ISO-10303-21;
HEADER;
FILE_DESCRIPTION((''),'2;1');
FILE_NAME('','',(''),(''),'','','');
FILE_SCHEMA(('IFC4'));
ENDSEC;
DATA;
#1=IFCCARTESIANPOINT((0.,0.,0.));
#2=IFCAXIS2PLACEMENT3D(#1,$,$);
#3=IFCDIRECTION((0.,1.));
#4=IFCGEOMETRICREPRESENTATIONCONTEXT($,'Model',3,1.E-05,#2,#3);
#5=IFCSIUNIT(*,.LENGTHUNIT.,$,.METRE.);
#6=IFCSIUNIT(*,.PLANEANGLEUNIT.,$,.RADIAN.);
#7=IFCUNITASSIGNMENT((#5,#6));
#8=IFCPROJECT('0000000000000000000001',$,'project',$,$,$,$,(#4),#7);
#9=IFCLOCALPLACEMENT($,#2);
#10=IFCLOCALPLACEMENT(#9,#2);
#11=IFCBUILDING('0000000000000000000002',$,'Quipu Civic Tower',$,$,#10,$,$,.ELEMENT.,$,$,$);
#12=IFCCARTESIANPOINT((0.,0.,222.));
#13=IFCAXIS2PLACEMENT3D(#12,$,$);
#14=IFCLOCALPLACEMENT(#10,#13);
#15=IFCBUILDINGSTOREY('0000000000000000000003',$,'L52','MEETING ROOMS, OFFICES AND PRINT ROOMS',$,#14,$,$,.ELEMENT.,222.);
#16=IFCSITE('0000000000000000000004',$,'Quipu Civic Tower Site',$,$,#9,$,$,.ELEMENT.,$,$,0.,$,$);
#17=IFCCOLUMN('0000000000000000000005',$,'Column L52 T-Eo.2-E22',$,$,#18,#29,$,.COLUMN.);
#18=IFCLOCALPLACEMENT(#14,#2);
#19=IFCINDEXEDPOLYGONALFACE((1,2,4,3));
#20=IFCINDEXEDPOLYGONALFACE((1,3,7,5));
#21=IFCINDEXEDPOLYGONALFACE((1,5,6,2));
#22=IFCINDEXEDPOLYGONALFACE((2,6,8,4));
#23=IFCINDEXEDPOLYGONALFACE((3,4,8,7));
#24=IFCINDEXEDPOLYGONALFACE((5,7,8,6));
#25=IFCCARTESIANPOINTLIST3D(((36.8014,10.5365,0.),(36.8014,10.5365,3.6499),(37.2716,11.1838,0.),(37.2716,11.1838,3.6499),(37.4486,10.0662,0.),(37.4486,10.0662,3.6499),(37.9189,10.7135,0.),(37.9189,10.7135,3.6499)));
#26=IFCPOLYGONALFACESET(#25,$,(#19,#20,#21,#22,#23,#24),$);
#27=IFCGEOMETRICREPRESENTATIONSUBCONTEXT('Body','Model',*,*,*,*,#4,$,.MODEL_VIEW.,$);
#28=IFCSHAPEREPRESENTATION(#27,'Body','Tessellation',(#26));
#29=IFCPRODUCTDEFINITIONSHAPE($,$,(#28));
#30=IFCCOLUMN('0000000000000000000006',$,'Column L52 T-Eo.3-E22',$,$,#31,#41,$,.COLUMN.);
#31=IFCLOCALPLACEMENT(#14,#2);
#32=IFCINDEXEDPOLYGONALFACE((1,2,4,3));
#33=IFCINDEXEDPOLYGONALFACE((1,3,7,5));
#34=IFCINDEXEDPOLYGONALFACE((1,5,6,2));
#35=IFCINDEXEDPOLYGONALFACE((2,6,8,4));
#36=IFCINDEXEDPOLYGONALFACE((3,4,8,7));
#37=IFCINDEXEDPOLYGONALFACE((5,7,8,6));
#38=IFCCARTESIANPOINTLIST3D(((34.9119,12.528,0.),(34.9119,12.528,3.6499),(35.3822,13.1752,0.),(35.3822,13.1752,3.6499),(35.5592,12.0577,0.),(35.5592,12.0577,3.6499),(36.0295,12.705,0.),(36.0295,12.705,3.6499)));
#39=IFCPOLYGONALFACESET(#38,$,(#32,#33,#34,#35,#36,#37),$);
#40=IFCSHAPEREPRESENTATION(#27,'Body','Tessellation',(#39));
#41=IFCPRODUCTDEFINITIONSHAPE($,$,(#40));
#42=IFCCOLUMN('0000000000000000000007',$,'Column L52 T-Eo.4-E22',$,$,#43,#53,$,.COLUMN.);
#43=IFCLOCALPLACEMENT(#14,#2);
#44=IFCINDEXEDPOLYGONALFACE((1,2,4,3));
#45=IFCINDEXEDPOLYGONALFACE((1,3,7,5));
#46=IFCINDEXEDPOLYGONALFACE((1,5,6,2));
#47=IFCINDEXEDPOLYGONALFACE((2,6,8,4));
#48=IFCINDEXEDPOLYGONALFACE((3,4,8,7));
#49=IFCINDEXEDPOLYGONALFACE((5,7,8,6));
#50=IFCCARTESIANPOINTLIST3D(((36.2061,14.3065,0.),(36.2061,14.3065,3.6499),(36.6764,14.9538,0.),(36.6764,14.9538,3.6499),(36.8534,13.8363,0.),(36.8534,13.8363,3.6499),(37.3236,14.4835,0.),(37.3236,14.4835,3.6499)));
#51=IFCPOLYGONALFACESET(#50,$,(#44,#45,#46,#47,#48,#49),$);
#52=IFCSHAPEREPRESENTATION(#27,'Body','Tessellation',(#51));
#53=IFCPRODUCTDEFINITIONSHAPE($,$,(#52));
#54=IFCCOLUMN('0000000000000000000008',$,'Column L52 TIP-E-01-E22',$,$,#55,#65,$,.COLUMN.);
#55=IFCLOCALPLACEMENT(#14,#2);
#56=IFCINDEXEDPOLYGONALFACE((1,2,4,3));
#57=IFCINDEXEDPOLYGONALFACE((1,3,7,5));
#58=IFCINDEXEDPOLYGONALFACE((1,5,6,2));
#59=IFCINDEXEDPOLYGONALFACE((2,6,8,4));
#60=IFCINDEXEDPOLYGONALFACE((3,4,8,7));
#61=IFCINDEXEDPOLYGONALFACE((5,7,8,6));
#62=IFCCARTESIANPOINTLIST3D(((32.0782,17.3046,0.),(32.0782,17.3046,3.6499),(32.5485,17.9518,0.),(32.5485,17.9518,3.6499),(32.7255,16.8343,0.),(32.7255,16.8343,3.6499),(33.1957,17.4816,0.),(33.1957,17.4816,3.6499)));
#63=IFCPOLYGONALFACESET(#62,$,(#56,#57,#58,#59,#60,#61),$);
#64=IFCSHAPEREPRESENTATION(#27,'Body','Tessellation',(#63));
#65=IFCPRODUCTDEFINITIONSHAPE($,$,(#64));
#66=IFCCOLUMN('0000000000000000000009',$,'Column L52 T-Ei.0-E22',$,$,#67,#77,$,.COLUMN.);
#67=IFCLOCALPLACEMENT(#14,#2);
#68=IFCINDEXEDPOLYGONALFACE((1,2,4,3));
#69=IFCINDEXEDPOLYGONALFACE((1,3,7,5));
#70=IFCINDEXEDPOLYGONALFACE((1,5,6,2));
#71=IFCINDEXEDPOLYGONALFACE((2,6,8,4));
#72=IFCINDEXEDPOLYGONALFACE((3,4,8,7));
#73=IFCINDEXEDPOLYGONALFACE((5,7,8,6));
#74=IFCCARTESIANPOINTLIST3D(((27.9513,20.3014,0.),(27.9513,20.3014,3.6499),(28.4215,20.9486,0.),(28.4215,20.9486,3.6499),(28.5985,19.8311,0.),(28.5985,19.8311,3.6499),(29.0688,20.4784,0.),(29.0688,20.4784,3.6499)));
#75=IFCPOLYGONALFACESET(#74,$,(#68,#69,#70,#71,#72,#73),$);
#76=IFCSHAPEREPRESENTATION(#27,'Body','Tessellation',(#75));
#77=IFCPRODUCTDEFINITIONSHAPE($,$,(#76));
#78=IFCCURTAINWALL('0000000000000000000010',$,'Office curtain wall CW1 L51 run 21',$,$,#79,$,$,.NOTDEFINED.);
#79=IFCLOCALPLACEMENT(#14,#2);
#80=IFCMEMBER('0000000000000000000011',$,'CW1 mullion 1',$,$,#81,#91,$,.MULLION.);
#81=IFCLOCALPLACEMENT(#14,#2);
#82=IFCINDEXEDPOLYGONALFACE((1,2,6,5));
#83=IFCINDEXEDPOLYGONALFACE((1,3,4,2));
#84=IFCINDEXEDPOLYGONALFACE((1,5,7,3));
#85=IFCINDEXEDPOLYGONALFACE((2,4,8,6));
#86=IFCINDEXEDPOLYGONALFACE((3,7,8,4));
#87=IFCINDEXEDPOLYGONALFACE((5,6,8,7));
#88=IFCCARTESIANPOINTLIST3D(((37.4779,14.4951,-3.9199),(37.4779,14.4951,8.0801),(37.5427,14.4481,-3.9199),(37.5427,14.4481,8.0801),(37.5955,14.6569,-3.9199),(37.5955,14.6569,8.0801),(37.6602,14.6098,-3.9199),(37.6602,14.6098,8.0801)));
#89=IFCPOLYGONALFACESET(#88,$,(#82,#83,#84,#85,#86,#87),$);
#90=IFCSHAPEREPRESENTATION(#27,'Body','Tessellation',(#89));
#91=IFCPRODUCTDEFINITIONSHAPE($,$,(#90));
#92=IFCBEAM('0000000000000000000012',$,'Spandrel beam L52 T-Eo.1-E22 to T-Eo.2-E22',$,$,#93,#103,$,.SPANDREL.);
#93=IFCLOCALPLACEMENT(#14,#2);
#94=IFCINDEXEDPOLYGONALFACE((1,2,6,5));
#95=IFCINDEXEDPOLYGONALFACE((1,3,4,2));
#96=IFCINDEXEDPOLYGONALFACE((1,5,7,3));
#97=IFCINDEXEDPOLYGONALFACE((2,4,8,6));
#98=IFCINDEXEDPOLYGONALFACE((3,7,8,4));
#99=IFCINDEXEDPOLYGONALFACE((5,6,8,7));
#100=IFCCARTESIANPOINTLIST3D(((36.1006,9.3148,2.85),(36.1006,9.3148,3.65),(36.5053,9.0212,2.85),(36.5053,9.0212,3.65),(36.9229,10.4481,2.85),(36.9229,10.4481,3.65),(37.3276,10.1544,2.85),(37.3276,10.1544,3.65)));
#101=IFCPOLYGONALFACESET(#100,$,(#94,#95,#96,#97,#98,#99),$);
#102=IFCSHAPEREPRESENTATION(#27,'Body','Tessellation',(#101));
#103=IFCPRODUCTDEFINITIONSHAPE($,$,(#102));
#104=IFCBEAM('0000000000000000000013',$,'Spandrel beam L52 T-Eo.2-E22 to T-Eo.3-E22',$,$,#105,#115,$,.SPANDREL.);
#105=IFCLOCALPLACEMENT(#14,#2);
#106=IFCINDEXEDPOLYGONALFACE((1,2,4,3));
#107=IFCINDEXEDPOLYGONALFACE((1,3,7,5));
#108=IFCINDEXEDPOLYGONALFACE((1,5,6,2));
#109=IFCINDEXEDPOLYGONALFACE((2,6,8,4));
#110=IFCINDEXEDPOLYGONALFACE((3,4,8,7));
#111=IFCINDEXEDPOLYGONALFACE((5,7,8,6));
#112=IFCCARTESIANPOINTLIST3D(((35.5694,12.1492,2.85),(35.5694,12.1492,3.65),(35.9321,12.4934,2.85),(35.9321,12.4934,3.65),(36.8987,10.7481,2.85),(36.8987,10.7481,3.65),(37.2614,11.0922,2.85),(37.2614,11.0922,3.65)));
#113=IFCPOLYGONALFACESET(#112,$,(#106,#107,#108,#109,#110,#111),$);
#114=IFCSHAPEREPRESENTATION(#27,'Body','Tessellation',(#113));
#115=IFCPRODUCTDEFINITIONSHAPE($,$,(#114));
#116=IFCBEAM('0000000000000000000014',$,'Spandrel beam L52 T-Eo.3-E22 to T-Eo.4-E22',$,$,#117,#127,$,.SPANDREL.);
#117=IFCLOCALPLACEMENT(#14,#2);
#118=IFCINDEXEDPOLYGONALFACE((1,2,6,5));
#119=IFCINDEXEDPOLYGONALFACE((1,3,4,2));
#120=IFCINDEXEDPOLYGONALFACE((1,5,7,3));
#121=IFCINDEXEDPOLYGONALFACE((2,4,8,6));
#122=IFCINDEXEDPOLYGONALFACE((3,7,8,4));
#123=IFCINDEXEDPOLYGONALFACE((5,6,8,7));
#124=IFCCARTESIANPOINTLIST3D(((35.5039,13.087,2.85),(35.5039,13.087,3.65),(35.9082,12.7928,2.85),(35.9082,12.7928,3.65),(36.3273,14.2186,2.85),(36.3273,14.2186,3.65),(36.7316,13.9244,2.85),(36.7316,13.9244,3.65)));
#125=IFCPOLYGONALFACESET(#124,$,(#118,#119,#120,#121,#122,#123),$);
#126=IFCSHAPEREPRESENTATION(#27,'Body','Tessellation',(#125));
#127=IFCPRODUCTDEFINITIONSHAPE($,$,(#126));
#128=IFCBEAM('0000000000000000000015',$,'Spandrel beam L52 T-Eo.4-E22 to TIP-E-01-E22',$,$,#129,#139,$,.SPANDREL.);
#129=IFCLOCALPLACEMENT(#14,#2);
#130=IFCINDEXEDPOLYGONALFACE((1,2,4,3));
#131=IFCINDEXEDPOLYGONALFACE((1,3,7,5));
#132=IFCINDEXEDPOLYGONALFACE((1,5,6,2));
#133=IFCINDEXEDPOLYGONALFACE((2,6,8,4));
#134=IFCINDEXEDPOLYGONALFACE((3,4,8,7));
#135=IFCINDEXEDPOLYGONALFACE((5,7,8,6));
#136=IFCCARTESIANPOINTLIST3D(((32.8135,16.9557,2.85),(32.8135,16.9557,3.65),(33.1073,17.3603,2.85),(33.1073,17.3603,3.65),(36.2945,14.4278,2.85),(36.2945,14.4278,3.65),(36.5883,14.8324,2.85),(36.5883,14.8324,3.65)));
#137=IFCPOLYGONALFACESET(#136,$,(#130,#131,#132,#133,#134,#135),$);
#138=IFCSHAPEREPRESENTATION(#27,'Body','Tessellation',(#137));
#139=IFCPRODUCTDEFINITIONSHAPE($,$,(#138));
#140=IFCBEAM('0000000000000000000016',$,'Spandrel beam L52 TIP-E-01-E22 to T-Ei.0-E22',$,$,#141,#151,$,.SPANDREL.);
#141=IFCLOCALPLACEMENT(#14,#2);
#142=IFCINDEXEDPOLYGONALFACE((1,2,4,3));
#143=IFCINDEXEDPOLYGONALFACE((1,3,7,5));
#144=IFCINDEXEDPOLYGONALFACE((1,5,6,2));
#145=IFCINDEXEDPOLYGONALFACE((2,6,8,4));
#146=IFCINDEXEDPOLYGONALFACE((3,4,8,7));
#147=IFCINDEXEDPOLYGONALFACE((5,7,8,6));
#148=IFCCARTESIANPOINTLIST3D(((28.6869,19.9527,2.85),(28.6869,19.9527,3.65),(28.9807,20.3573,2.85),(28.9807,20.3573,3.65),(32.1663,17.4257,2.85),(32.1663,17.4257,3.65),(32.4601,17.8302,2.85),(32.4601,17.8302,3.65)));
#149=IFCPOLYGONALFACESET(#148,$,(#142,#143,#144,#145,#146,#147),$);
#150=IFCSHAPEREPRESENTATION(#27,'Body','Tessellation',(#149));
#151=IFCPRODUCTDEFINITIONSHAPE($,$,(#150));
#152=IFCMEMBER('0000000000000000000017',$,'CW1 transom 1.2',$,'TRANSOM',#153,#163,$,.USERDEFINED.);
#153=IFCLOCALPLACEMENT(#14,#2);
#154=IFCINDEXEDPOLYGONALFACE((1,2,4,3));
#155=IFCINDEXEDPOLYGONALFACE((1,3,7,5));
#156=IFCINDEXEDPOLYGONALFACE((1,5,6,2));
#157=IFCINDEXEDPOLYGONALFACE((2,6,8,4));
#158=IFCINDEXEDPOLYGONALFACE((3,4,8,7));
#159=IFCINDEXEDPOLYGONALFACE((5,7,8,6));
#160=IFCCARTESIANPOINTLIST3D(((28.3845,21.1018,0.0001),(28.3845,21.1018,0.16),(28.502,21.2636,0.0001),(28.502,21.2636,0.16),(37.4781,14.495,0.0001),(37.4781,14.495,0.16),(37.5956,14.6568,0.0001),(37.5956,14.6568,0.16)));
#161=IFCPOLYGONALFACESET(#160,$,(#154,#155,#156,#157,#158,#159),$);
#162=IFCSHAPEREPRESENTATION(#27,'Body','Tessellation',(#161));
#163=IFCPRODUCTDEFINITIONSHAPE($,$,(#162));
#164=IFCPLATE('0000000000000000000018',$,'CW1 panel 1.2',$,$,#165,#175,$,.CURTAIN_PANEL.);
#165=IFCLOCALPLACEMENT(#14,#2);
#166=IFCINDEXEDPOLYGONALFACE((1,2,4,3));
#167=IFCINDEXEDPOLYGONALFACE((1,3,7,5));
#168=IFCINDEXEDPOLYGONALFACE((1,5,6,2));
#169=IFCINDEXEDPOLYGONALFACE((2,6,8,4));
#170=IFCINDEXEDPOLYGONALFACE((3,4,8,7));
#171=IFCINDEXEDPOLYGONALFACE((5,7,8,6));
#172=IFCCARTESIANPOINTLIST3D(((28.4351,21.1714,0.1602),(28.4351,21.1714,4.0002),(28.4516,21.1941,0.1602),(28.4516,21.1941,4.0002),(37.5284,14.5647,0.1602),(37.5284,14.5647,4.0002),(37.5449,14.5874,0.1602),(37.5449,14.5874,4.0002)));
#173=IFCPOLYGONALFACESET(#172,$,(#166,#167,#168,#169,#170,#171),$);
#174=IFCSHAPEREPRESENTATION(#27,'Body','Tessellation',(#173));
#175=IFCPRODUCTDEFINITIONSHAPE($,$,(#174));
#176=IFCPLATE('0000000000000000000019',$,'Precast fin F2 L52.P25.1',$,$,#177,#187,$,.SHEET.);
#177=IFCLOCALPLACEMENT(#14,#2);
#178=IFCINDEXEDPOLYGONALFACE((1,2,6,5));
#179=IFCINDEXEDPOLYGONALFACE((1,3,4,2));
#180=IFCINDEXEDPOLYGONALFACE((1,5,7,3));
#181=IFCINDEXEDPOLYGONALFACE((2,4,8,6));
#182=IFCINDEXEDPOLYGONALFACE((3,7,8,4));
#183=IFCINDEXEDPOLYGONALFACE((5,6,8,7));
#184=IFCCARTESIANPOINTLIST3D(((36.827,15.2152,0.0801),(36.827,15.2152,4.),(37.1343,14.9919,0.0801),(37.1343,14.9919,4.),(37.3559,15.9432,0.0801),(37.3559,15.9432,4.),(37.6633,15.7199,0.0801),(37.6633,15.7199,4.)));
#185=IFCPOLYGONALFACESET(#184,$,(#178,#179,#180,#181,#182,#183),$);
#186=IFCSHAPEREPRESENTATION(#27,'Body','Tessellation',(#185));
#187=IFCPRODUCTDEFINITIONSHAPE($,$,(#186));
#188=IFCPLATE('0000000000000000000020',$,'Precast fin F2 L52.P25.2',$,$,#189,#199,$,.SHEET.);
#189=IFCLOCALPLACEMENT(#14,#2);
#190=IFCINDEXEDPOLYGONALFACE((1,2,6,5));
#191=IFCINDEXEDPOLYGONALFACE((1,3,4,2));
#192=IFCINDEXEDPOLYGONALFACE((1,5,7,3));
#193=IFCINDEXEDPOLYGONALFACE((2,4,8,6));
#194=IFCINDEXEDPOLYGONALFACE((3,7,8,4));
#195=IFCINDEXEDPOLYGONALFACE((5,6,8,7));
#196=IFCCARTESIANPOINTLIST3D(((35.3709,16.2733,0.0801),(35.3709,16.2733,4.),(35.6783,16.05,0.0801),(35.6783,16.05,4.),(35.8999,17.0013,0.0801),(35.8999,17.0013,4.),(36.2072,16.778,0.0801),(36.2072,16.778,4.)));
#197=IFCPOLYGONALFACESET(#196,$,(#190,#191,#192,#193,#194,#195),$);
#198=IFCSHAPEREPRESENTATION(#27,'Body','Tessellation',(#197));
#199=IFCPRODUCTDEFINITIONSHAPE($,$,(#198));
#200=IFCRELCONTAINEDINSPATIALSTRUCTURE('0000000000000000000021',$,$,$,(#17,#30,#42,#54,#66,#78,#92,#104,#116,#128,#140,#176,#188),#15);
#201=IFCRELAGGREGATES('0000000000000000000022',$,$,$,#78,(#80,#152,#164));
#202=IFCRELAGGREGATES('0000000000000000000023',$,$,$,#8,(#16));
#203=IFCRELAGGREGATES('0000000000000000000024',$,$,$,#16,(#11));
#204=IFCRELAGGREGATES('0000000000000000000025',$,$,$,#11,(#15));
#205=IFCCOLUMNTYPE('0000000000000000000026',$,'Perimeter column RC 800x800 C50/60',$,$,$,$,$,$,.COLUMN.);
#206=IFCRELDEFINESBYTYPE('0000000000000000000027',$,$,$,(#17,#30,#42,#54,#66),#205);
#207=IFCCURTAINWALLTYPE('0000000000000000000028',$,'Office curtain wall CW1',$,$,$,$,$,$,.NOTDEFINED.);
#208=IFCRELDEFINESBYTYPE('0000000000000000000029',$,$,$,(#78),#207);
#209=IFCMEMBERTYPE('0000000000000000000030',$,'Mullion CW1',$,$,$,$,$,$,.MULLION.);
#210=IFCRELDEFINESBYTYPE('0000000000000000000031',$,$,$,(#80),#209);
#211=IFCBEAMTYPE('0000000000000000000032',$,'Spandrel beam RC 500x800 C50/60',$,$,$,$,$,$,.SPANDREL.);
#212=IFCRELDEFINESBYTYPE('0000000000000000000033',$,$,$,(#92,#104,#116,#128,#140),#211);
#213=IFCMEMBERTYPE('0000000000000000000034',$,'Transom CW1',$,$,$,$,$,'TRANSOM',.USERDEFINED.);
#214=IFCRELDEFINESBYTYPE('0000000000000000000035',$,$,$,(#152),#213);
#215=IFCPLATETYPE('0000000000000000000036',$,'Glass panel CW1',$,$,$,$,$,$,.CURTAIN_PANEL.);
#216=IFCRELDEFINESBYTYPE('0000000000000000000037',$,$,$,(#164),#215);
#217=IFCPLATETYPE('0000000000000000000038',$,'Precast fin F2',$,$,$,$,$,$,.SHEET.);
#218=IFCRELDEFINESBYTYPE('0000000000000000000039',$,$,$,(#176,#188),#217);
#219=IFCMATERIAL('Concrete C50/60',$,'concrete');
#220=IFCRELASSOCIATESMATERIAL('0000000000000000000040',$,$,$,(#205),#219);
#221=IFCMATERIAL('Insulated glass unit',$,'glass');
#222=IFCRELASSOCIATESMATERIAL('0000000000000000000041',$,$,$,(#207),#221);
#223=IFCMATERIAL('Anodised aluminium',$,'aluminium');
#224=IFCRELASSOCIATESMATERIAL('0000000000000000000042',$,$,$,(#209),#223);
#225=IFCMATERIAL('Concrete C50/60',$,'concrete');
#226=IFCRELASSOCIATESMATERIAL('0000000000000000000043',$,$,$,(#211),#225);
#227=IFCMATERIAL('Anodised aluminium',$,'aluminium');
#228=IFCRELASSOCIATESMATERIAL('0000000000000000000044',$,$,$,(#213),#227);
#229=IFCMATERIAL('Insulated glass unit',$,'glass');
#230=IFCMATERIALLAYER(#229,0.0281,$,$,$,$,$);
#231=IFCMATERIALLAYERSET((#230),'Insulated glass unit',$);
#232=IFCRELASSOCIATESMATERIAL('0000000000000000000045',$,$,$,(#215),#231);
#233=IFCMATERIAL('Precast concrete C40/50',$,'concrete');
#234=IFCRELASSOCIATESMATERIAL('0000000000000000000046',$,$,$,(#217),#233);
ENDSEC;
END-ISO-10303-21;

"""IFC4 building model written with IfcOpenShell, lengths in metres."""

from ifc_helpers import new_model, si_unit, direction, frame, origin, origin_2d, place, context, subcontext, project, spatial, rectangle, extrude, material, layer, layer_set, material_profile, profile_set, type_object, element, aggregate, save


model = new_model("IFC4")

# Units and contexts
model_context = context("Model", 3, precision=1e-05, world=origin(), true_north=direction((0.0, 1.0)))
body_context = subcontext(model_context, "Body", "Model", "MODEL_VIEW")
ifc_project = project(units=[si_unit("LENGTHUNIT", "METRE"), si_unit("PLANEANGLEUNIT", "RADIAN")], contexts=[model_context])

# Site, building, storey
site_placement = place(None, origin())
site = spatial("IfcSite", under=ifc_project, at=site_placement, Name="Quipu Civic Tower Site", CompositionType="ELEMENT", RefElevation=0.0)
building_placement = place(site_placement, origin())
building = spatial("IfcBuilding", under=site, at=building_placement, Name="Quipu Civic Tower", CompositionType="ELEMENT")
storey_placement = place(building_placement, frame((0.0, 0.0, 222.0)))
storey = spatial("IfcBuildingStorey", under=building, at=storey_placement, Name="L52", Description="MEETING ROOMS, OFFICES AND PRINT ROOMS", CompositionType="ELEMENT", Elevation=222.0)

# Columns
ifc_material_1 = material(Name="Concrete C50/60", Category="concrete")
ifc_material_profile_1 = material_profile(ifc_material_1, rectangle(XDim=0.8, YDim=0.8, at=origin_2d()), Name="RC800x800")
ifc_profile_set_1 = profile_set([ifc_material_profile_1], Name="Concrete C50/60")
column_type = type_object("IfcColumnType", Name="Perimeter column RC 800x800 C50/60", PredefinedType="COLUMN", material=ifc_profile_set_1)
for number, where, z_axis, x_axis, name in (
    (1, (37.3601, 10.625, 0.0), (0.0, 0.0, 1.0), (0.587785, 0.809017, 0.0), "Column L52 T-Eo.2-E22"),
    (2, (35.4707, 12.6165, 0.0), (0.0, 0.0, 1.0), (-0.809017, 0.587785, 0.0), "Column L52 T-Eo.3-E22"),
    (3, (36.7649, 14.395, 0.0), (0.0, 0.0, 1.0), (-0.809017, 0.587785, 0.0), "Column L52 T-Eo.4-E22"),
    (4, (32.637, 17.3931, 0.0), (0.0, 0.0, 1.0), (-0.809017, 0.587785, 0.0), "Column L52 TIP-E-01-E22"),
    (5, (28.51, 20.3899, 0.0), (0.0, 0.0, 1.0), (-0.587785, -0.809017, 0.0), "Column L52 T-Ei.0-E22"),
):
    element("IfcColumn", number, at=place(storey_placement, frame(where, z_axis=z_axis, x_axis=x_axis)), inside=storey, type_object=column_type, Name=name, PredefinedType="COLUMN", context=body_context, shape_type="SweptSolid", body=[
        extrude(rectangle(XDim=0.8, YDim=0.8, at=origin_2d()), origin(), (0.0, 0.0, 1.0), 3.6499),
    ])

# Curtain wall, member
ifc_material_2 = material(Name="Insulated glass unit", Category="glass")
curtain_wall_type = type_object("IfcCurtainWallType", Name="Office curtain wall CW1", PredefinedType="NOTDEFINED", material=ifc_material_2)
curtain_wall_placement = place(storey_placement, origin())
curtain_wall = element("IfcCurtainWall", 6, at=curtain_wall_placement, inside=storey, type_object=curtain_wall_type, Name="Office curtain wall CW1 L51 run 21", PredefinedType="NOTDEFINED")
ifc_material_3 = material(Name="Anodised aluminium", Category="aluminium")
ifc_material_profile_2 = material_profile(ifc_material_3, rectangle(XDim=0.2, YDim=0.0801, at=origin_2d()), Name="RECT 200x80")
ifc_profile_set_2 = profile_set([ifc_material_profile_2], Name="Anodised aluminium")
member_type_1 = type_object("IfcMemberType", Name="Mullion CW1", PredefinedType="MULLION", material=ifc_profile_set_2)
member_1_placement = place(storey_placement, frame((37.5691, 14.5525, -3.9199), z_axis=(0.0, 0.0, 1.0), x_axis=(-0.587788, -0.809015, 0.0)))
member_1 = element("IfcMember", 7, at=member_1_placement, type_object=member_type_1, Name="CW1 mullion 1", PredefinedType="MULLION", context=body_context, shape_type="SweptSolid", body=[
    extrude(rectangle(XDim=0.2, YDim=0.0801, at=origin_2d()), origin(), (0.0, 0.0, 1.0), 12.0),
])

# Beams
ifc_material_4 = material(Name="Concrete C50/60", Category="concrete")
ifc_material_profile_3 = material_profile(ifc_material_4, rectangle(XDim=0.5, YDim=0.8, at=origin_2d()), Name="RC500x800")
ifc_profile_set_3 = profile_set([ifc_material_profile_3], Name="Concrete C50/60")
beam_type = type_object("IfcBeamType", Name="Spandrel beam RC 500x800 C50/60", PredefinedType="SPANDREL", material=ifc_profile_set_3)
beam_1_placement = place(storey_placement, frame((36.303, 9.168, 3.25), z_axis=(0.587259, 0.809399, 0.0), x_axis=(-0.809399, 0.587259, 0.0)))
element("IfcBeam", 8, at=beam_1_placement, inside=storey, type_object=beam_type, Name="Spandrel beam L52 T-Eo.1-E22 to T-Eo.2-E22", PredefinedType="SPANDREL", context=body_context, shape_type="SweptSolid", body=[
    extrude(rectangle(XDim=0.5, YDim=0.8, at=origin_2d()), origin(), (0.0, 0.0, 1.0), 1.4001),
])
beam_2_placement = place(storey_placement, frame((37.0801, 10.9202, 3.25), z_axis=(-0.688281, 0.725444, 0.0), x_axis=(-0.725444, -0.688281, 0.0)))
element("IfcBeam", 9, at=beam_2_placement, inside=storey, type_object=beam_type, Name="Spandrel beam L52 T-Eo.2-E22 to T-Eo.3-E22", PredefinedType="SPANDREL", context=body_context, shape_type="SweptSolid", body=[
    extrude(rectangle(XDim=0.5, YDim=0.8, at=origin_2d()), origin(), (0.0, 0.0, 1.0), 1.9314),
])
beam_3_placement = place(storey_placement, frame((35.7061, 12.9399, 3.25), z_axis=(0.58841, 0.808563, 0.0), x_axis=(-0.808563, 0.58841, 0.0)))
element("IfcBeam", 10, at=beam_3_placement, inside=storey, type_object=beam_type, Name="Spandrel beam L52 T-Eo.3-E22 to T-Eo.4-E22", PredefinedType="SPANDREL", context=body_context, shape_type="SweptSolid", body=[
    extrude(rectangle(XDim=0.5, YDim=0.8, at=origin_2d()), origin(), (0.0, 0.0, 1.0), 1.3994),
])
beam_4_placement = place(storey_placement, frame((36.4414, 14.6301, 3.25), z_axis=(-0.809153, 0.587598, 0.0), x_axis=(-0.587598, -0.809153, 0.0)))
element("IfcBeam", 11, at=beam_4_placement, inside=storey, type_object=beam_type, Name="Spandrel beam L52 T-Eo.4-E22 to TIP-E-01-E22", PredefinedType="SPANDREL", context=body_context, shape_type="SweptSolid", body=[
    extrude(rectangle(XDim=0.5, YDim=0.8, at=origin_2d()), origin(), (0.0, 0.0, 1.0), 4.302),
])
beam_5_placement = place(storey_placement, frame((32.3132, 17.6279, 3.25), z_axis=(-0.809116, 0.587648, 0.0), x_axis=(-0.587648, -0.809116, 0.0)))
element("IfcBeam", 12, at=beam_5_placement, inside=storey, type_object=beam_type, Name="Spandrel beam L52 TIP-E-01-E22 to T-Ei.0-E22", PredefinedType="SPANDREL", context=body_context, shape_type="SweptSolid", body=[
    extrude(rectangle(XDim=0.5, YDim=0.8, at=origin_2d()), origin(), (0.0, 0.0, 1.0), 4.3003),
])

# Member
ifc_material_5 = material(Name="Anodised aluminium", Category="aluminium")
ifc_material_profile_4 = material_profile(ifc_material_5, rectangle(XDim=0.2, YDim=0.1599, at=origin_2d()), Name="RECT 200x160")
ifc_profile_set_4 = profile_set([ifc_material_profile_4], Name="Anodised aluminium")
member_type_2 = type_object("IfcMemberType", Name="Transom CW1", ElementType="TRANSOM", PredefinedType="USERDEFINED", material=ifc_profile_set_4)
member_2_placement = place(storey_placement, frame((37.5369, 14.5759, 0.0801), z_axis=(-0.809022, 0.587778, 0.0), x_axis=(-0.587778, -0.809022, 0.0)))
member_2 = element("IfcMember", 13, at=member_2_placement, type_object=member_type_2, Name="CW1 transom 1.2", ObjectType="TRANSOM", PredefinedType="USERDEFINED", context=body_context, shape_type="SweptSolid", body=[
    extrude(rectangle(XDim=0.2, YDim=0.1599, at=origin_2d()), origin(), (0.0, 0.0, 1.0), 11.2402),
])

# Plate
ifc_material_6 = material(Name="Insulated glass unit", Category="glass")
ifc_layer_1 = layer(ifc_material_6, 0.0281)
ifc_layer_set_1 = layer_set([ifc_layer_1], Name="Insulated glass unit")
plate_type_1 = type_object("IfcPlateType", Name="Glass panel CW1", PredefinedType="CURTAIN_PANEL", material=ifc_layer_set_1)
plate_placement = place(storey_placement, frame((32.99, 17.8794, 0.1602), z_axis=(0.0, 0.0, 1.0), x_axis=(-0.809015, 0.587788, 0.0)))
plate = element("IfcPlate", 14, at=plate_placement, type_object=plate_type_1, Name="CW1 panel 1.2", PredefinedType="CURTAIN_PANEL", context=body_context, shape_type="SweptSolid", body=[
    extrude(rectangle(XDim=11.24, YDim=0.0281, at=origin_2d()), origin(), (0.0, 0.0, 1.0), 3.8401),
])
aggregate(curtain_wall, [member_1, member_2, plate])

# Plates
ifc_material_7 = material(Name="Precast concrete C40/50", Category="concrete")
plate_type_2 = type_object("IfcPlateType", Name="Precast fin F2", PredefinedType="SHEET", material=ifc_material_7)
for number, where, z_axis, x_axis, name in (
    (15, (37.2451, 15.4675, 0.0801), (0.0, 0.0, 1.0), (-0.809017, 0.587785, 0.0), "Precast fin F2 L52.P25.1"),
    (16, (35.7891, 16.5256, 0.0801), (0.0, 0.0, 1.0), (-0.809017, 0.587785, 0.0), "Precast fin F2 L52.P25.2"),
):
    element("IfcPlate", number, at=place(storey_placement, frame(where, z_axis=z_axis, x_axis=x_axis)), inside=storey, type_object=plate_type_2, Name=name, PredefinedType="SHEET", context=body_context, shape_type="SweptSolid", body=[
        extrude(rectangle(XDim=0.3799, YDim=0.8999, at=origin_2d()), origin(), (0.0, 0.0, 1.0), 3.9199),
    ])

save(model, "model.ifc")
